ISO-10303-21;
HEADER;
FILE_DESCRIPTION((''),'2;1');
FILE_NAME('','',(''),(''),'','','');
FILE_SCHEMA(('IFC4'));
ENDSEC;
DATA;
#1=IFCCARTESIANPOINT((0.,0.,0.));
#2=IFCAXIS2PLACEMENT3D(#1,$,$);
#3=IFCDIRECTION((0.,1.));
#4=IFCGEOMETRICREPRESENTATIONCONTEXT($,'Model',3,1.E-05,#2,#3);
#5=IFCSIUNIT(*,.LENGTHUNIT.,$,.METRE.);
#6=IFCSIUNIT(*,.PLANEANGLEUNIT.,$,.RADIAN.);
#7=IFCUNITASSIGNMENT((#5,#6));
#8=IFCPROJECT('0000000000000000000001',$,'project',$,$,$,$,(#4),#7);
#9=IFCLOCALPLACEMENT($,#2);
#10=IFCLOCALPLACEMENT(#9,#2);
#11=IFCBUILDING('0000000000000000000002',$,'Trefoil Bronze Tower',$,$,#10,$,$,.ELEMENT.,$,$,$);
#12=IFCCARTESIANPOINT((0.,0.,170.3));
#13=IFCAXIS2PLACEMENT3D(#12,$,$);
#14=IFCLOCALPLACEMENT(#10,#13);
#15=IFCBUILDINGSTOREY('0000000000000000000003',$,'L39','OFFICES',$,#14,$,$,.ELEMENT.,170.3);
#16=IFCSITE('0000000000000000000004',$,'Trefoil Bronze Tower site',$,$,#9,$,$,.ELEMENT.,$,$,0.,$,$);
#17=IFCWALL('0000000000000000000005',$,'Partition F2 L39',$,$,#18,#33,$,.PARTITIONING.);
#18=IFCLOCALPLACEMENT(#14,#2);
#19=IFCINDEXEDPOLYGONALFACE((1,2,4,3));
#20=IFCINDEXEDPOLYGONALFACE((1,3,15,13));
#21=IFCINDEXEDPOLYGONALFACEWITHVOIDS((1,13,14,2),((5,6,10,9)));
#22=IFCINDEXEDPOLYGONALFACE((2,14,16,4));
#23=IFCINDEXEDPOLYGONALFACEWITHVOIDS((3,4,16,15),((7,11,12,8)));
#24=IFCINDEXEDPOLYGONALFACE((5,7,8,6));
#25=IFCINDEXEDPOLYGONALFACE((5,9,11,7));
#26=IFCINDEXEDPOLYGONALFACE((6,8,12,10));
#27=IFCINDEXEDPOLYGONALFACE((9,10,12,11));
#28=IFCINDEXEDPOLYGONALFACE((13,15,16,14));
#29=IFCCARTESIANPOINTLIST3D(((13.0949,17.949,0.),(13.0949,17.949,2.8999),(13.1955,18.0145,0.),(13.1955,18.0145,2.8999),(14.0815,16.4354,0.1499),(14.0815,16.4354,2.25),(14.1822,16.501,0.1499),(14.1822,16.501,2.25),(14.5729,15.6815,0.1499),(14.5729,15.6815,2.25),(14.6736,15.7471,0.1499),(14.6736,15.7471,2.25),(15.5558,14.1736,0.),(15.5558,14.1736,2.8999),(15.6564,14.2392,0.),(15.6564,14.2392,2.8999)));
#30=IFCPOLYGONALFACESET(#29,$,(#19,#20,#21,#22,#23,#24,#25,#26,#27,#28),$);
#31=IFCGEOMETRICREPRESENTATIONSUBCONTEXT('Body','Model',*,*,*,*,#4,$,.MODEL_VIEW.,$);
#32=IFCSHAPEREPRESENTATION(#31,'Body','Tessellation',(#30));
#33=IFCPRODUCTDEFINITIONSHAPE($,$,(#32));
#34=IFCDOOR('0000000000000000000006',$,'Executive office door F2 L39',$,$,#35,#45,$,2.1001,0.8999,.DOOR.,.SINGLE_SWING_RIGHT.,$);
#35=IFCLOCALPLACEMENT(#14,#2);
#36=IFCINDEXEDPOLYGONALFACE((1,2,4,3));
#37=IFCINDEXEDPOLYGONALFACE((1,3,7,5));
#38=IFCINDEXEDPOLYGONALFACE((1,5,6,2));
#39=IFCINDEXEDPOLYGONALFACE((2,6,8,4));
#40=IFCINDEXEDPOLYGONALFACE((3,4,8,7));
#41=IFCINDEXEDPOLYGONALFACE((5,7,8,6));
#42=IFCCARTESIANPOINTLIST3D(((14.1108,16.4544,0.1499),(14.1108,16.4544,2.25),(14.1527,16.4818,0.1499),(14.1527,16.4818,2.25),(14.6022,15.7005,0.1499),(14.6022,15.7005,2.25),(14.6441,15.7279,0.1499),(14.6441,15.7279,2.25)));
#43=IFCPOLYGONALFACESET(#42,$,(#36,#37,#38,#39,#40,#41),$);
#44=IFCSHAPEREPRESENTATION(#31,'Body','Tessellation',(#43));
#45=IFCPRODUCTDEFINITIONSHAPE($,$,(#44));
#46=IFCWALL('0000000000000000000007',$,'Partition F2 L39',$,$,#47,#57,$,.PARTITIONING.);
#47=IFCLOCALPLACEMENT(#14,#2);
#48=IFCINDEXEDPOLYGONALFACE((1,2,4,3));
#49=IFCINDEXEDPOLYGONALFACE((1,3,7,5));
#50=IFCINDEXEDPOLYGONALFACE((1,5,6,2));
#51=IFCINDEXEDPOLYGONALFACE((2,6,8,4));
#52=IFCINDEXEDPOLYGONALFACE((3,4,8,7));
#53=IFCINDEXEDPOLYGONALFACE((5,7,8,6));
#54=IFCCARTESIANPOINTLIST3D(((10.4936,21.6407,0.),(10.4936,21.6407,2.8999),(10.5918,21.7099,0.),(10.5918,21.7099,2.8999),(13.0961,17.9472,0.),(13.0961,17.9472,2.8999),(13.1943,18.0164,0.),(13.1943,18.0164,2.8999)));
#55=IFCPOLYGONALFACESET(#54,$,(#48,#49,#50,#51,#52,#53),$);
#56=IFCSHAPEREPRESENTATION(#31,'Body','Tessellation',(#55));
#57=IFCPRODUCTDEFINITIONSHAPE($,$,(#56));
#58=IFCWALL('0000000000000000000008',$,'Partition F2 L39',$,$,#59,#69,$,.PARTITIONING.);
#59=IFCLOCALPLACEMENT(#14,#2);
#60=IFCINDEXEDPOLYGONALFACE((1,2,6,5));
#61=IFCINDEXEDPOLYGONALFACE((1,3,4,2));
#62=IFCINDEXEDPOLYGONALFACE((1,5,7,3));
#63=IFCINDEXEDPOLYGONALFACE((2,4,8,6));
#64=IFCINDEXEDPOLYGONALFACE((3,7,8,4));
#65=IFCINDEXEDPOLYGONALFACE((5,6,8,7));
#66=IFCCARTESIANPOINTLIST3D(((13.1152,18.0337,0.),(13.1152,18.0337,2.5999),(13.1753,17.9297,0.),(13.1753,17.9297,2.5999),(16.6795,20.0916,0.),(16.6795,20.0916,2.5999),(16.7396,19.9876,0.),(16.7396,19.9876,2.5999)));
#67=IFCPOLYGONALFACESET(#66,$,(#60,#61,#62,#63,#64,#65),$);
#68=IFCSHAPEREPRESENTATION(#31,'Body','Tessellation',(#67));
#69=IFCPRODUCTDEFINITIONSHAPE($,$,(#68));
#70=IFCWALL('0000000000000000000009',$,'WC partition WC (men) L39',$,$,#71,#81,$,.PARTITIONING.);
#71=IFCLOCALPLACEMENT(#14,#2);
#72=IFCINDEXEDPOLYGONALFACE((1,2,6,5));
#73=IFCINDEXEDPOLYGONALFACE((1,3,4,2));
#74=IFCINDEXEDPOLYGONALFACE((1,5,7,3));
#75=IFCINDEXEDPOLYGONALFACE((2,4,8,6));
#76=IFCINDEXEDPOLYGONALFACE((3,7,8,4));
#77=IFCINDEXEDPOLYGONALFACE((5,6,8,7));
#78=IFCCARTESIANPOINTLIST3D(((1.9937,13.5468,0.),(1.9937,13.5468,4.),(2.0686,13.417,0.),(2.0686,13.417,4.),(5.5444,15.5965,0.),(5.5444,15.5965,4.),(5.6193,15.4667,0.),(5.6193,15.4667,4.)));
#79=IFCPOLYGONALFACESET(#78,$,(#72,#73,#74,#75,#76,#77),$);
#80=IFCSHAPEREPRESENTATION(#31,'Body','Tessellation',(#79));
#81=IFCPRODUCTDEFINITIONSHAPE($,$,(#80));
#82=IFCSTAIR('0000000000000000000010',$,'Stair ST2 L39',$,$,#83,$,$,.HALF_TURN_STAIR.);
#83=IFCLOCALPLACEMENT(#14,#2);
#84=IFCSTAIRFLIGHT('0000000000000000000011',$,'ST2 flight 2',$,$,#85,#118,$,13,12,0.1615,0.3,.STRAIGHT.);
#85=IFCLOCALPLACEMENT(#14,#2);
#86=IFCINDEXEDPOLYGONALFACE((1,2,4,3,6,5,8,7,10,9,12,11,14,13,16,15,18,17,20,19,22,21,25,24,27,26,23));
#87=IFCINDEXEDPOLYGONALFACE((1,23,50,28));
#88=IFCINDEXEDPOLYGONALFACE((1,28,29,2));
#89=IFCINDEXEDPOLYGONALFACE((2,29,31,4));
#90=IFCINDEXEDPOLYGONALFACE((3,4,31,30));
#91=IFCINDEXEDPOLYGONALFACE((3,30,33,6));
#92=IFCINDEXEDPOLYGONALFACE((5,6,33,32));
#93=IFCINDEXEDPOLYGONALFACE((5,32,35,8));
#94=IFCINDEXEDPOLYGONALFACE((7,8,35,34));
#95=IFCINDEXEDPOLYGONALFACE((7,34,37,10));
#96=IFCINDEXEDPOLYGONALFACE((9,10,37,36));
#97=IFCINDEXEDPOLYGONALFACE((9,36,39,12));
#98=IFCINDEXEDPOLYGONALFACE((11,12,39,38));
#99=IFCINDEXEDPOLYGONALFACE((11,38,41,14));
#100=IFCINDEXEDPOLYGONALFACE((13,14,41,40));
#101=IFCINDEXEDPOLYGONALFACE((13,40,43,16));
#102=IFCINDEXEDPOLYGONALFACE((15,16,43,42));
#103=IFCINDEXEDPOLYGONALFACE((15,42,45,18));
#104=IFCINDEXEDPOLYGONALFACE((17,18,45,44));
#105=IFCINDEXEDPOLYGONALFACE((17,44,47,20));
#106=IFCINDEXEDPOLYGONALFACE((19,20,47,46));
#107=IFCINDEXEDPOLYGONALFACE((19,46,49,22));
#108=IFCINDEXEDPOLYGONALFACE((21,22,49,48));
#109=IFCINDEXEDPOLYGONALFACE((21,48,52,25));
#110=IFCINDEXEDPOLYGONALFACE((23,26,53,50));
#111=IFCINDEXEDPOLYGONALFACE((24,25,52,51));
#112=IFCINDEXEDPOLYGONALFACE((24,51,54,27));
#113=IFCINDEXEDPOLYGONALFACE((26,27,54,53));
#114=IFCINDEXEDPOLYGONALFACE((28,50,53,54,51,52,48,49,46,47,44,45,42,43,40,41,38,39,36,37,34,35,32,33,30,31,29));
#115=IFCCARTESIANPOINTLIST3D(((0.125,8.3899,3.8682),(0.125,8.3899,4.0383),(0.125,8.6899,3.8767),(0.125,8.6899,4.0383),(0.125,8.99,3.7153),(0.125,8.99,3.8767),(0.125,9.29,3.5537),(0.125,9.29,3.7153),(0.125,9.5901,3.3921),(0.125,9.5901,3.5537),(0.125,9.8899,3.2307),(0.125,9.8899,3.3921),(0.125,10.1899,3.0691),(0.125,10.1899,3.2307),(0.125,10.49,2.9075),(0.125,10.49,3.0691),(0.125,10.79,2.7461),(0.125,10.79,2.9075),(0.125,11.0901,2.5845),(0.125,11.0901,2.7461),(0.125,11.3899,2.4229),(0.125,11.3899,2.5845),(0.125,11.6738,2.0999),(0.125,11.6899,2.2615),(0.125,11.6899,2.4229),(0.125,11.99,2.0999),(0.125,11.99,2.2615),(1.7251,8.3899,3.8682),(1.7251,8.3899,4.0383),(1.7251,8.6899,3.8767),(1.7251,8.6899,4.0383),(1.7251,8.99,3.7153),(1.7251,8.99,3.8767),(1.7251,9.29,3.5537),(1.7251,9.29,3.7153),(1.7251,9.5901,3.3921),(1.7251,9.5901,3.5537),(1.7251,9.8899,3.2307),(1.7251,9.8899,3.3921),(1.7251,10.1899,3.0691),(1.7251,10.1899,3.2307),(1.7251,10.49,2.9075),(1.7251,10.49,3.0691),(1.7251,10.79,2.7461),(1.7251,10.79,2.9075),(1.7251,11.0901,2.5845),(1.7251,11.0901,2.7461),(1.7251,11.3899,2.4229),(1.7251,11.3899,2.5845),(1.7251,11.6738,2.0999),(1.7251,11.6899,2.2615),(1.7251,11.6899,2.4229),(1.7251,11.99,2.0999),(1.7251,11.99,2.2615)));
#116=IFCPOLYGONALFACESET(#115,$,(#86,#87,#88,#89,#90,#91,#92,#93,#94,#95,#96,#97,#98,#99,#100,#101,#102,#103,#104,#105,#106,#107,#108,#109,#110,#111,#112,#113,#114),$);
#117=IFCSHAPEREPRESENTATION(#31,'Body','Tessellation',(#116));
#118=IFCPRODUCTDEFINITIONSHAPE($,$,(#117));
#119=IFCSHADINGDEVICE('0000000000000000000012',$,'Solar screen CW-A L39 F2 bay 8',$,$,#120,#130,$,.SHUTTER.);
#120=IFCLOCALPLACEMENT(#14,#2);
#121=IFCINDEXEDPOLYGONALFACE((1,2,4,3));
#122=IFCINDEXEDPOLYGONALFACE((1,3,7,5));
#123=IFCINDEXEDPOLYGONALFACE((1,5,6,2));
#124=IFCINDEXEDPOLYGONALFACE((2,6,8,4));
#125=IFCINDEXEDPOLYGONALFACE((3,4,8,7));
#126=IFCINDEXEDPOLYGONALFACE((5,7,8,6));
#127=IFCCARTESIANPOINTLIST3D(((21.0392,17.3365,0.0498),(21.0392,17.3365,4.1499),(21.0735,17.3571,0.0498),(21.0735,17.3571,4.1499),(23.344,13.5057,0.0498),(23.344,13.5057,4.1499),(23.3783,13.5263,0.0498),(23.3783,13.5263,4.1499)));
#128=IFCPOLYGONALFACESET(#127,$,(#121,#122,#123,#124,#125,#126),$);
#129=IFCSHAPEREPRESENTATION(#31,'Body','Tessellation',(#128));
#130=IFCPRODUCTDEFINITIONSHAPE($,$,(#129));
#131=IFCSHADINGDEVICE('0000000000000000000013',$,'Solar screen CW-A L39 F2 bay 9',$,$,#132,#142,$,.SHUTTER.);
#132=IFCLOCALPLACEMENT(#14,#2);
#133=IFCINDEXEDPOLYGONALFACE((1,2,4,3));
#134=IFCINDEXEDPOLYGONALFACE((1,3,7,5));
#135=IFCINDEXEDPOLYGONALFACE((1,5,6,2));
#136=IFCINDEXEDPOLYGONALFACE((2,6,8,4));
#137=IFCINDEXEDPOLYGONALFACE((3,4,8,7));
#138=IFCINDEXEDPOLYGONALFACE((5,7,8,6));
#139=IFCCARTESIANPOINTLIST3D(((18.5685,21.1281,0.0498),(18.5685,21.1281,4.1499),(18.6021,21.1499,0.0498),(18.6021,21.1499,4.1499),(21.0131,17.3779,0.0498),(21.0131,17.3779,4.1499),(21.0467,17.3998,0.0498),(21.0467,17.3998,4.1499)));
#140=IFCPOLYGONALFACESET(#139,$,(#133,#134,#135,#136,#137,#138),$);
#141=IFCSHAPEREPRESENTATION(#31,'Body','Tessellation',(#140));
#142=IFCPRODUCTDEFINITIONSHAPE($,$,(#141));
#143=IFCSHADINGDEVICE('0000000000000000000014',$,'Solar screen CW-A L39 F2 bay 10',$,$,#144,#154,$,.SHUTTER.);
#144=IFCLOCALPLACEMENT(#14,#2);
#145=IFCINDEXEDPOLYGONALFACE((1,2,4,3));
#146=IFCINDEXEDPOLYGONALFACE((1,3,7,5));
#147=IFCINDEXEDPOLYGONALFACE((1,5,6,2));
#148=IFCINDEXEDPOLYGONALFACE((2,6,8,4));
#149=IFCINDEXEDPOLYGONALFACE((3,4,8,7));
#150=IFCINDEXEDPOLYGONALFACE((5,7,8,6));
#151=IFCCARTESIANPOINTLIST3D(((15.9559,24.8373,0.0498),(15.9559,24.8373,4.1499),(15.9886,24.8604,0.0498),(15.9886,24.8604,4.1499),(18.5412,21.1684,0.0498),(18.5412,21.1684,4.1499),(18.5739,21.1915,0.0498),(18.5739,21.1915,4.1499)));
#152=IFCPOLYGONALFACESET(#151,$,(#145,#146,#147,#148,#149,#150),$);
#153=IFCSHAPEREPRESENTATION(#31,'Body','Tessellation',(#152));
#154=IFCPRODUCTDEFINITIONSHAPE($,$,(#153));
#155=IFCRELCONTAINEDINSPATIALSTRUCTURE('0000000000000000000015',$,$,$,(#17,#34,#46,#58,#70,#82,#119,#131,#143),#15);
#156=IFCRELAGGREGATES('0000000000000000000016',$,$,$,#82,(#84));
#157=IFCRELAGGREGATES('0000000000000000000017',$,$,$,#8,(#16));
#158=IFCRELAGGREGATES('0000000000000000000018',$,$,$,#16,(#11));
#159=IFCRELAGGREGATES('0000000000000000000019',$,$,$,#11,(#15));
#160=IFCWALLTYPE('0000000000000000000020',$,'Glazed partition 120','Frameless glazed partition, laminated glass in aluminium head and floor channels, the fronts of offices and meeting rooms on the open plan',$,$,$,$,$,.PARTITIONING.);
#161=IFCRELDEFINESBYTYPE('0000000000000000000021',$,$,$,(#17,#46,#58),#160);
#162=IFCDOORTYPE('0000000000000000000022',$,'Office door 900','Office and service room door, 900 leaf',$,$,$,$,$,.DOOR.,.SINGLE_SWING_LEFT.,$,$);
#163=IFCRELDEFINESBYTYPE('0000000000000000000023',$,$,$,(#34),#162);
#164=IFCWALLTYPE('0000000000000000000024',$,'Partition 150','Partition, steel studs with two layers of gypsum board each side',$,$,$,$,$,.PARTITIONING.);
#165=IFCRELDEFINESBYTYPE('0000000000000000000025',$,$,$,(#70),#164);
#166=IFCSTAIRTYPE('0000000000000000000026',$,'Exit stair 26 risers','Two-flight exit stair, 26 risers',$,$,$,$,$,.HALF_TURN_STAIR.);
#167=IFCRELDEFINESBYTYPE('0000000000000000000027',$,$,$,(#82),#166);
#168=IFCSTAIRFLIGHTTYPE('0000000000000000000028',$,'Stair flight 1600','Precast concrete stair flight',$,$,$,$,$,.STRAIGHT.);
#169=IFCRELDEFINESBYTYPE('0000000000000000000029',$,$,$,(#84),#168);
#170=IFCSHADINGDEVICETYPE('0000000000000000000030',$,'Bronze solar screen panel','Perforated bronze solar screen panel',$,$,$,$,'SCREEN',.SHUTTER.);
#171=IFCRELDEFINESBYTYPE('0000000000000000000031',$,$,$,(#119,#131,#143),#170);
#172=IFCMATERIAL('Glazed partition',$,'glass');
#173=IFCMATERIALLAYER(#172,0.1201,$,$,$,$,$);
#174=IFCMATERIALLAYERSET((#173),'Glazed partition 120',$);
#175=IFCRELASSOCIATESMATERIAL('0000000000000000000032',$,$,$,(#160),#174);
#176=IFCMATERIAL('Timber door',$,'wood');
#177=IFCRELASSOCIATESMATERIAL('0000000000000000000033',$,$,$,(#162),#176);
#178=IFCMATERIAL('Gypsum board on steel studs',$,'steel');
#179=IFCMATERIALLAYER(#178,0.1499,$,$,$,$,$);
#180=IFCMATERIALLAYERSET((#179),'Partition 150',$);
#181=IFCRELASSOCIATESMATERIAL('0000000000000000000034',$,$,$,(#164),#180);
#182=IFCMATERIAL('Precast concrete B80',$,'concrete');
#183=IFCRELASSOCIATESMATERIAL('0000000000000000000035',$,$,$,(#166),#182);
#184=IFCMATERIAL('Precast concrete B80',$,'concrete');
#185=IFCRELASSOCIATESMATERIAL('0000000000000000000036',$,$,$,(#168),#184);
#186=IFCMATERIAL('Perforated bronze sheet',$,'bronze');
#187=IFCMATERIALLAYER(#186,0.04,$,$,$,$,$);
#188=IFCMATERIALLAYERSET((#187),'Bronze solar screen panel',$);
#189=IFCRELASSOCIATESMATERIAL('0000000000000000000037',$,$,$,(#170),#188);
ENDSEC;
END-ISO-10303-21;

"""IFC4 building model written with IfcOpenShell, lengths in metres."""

from ifc_helpers import new_model, si_unit, direction, frame, frame_2d, origin, origin_2d, place, context, subcontext, project, spatial, polyline, rectangle, outline, extrude, material, layer, layer_set, type_object, element, fill, aggregate, save


model = new_model("IFC4")

# Units and contexts
model_context = context("Model", 3, precision=1e-05, world=origin(), true_north=direction((0.0, 1.0)))
body_context = subcontext(model_context, "Body", "Model", "MODEL_VIEW")
ifc_project = project(units=[si_unit("LENGTHUNIT", "METRE"), si_unit("PLANEANGLEUNIT", "RADIAN")], contexts=[model_context])

# Site, building, storey
site_placement = place(None, origin())
site = spatial("IfcSite", under=ifc_project, at=site_placement, Name="Trefoil Bronze Tower site", CompositionType="ELEMENT", RefElevation=0.0)
building_placement = place(site_placement, origin())
building = spatial("IfcBuilding", under=site, at=building_placement, Name="Trefoil Bronze Tower", CompositionType="ELEMENT")
storey_placement = place(building_placement, frame((0.0, 0.0, 170.3)))
storey = spatial("IfcBuildingStorey", under=building, at=storey_placement, Name="L39", Description="OFFICES", CompositionType="ELEMENT", Elevation=170.3)

# Shared definitions
ifc_material_1 = material(Name="Glazed partition", Category="glass")
ifc_layer_1 = layer(ifc_material_1, 0.1201)
ifc_layer_set_1 = layer_set([ifc_layer_1], Name="Glazed partition 120")
wall_type_1 = type_object("IfcWallType", Name="Glazed partition 120", Description="Frameless glazed partition, laminated glass in aluminium head and floor channels, the fronts of offices and meeting rooms on the open plan", PredefinedType="PARTITIONING", material=ifc_layer_set_1)

# Wall, opening, door
ifc_material_2 = material(Name="Timber door", Category="wood")
door_type_1 = type_object("IfcDoorType", Name="Office door 900", Description="Office and service room door, 900 leaf", OperationType="SINGLE_SWING_LEFT", PredefinedType="DOOR", material=ifc_material_2)
wall_1_placement = place(storey_placement, frame((15.6062, 14.2063, 0.0), z_axis=(0.0, 0.0, 1.0), x_axis=(-0.546069, 0.83774, 0.0)))
wall_1 = element("IfcWall", 1, at=wall_1_placement, inside=storey, type_object=wall_type_1, Name="Partition F2 L39", PredefinedType="PARTITIONING", context=body_context, shape_type="SweptSolid", body=[
    extrude(rectangle(XDim=4.5066, YDim=0.1201, at=frame_2d((2.2534, 0.0))), origin(), (0.0, 0.0, 1.0), 2.8999),
])
opening_1_placement = place(wall_1_placement, frame((1.8, 0.0, 0.1499)))
opening_1 = element("IfcOpeningElement", 2, at=opening_1_placement, cuts=wall_1, PredefinedType="OPENING", context=body_context, shape_type="SweptSolid", body=[
    extrude(rectangle(XDim=0.8999, YDim=2.1001, at=frame_2d((0.45, 1.05))), frame((0.0, 0.0701, 0.0), z_axis=(0.0, -1.0, 0.0), x_axis=(1.0, 0.0, 0.0)), (0.0, 0.0, 1.0), 0.1401),
])
door_1_placement = place(opening_1_placement, frame((0.8999, 0.0, 0.0), z_axis=(0.0, 0.0, 1.0), x_axis=(-1.0, 0.0, 0.0)))
door_1 = element("IfcDoor", 3, at=door_1_placement, inside=storey, type_object=door_type_1, Name="Executive office door F2 L39", OperationType="SINGLE_SWING_RIGHT", OverallHeight=2.1001, OverallWidth=0.8999, PredefinedType="DOOR", context=body_context, shape_type="SweptSolid", body=[
    extrude(rectangle(XDim=0.8999, YDim=2.1001, at=frame_2d((0.45, 1.05))), frame((0.0, 0.0249, 0.0), z_axis=(0.0, -1.0, 0.0), x_axis=(1.0, 0.0, 0.0)), (0.0, 0.0, 1.0), 0.05),
])
fill(opening_1, door_1)

# Walls
wall_2_placement = place(storey_placement, frame((13.1453, 17.9817, 0.0), z_axis=(0.0, 0.0, 1.0), x_axis=(-0.575987, 0.817459, 0.0)))
element("IfcWall", 4, at=wall_2_placement, inside=storey, type_object=wall_type_1, Name="Partition F2 L39", PredefinedType="PARTITIONING", context=body_context, shape_type="SweptSolid", body=[
    extrude(rectangle(XDim=4.5183, YDim=0.1201, at=frame_2d((2.2593, 0.0))), origin(), (0.0, 0.0, 1.0), 2.8999),
])
wall_3_placement = place(storey_placement, frame((13.1453, 17.9817, 0.0), z_axis=(0.0, 0.0, 1.0), x_axis=(0.866019, 0.500012, 0.0)))
element("IfcWall", 5, at=wall_3_placement, inside=storey, type_object=wall_type_1, Name="Partition F2 L39", PredefinedType="PARTITIONING", context=body_context, shape_type="SweptSolid", body=[
    extrude(rectangle(XDim=4.1157, YDim=0.1201, at=frame_2d((2.0579, 0.0))), origin(), (0.0, 0.0, 1.0), 2.5999),
])
ifc_material_3 = material(Name="Gypsum board on steel studs", Category="steel")
ifc_layer_2 = layer(ifc_material_3, 0.1499)
ifc_layer_set_2 = layer_set([ifc_layer_2], Name="Partition 150")
wall_type_2 = type_object("IfcWallType", Name="Partition 150", Description="Partition, steel studs with two layers of gypsum board each side", PredefinedType="PARTITIONING", material=ifc_layer_set_2)
wall_4_placement = place(storey_placement, frame((2.0312, 13.4819, 0.0), z_axis=(0.0, 0.0, 1.0), x_axis=(0.866051, 0.499956, 0.0)))
element("IfcWall", 6, at=wall_4_placement, inside=storey, type_object=wall_type_2, Name="WC partition WC (men) L39", PredefinedType="PARTITIONING", context=body_context, shape_type="SweptSolid", body=[
    extrude(rectangle(XDim=4.0999, YDim=0.1499, at=frame_2d((2.0498, 0.0))), origin(), (0.0, 0.0, 1.0), 4.0),
])

# Stair, stair flight
ifc_material_4 = material(Name="Precast concrete B80", Category="concrete")
stair_type = type_object("IfcStairType", Name="Exit stair 26 risers", Description="Two-flight exit stair, 26 risers", PredefinedType="HALF_TURN_STAIR", material=ifc_material_4)
stair_placement = place(storey_placement, origin())
stair = element("IfcStair", 7, at=stair_placement, inside=storey, type_object=stair_type, Name="Stair ST2 L39", PredefinedType="HALF_TURN_STAIR")
ifc_material_5 = material(Name="Precast concrete B80", Category="concrete")
stair_flight_type = type_object("IfcStairFlightType", Name="Stair flight 1600", Description="Precast concrete stair flight", PredefinedType="STRAIGHT", material=ifc_material_5)
stair_flight_placement = place(storey_placement, frame((0.925, 11.99, 2.0999), z_axis=(0.0, 0.0, 1.0), x_axis=(0.0, -1.0, 0.0)))
stair_flight = element("IfcStairFlight", 8, at=stair_flight_placement, type_object=stair_flight_type, Name="ST2 flight 2", NumberOfRisers=13, NumberOfTreads=12, PredefinedType="STRAIGHT", RiserHeight=0.1615, TreadLength=0.3, context=body_context, shape_type="SweptSolid", body=[
    extrude(outline(polyline([(0.0, 0.0), (0.0, 0.1616), (0.3, 0.1616), (0.3, 0.323), (0.6001, 0.323), (0.6001, 0.4846), (0.8999, 0.4846), (0.8999, 0.6462), (1.2, 0.6462), (1.2, 0.8076), (1.5, 0.8076), (1.5, 0.9692), (1.8, 0.9692), (1.8, 1.1309), (2.1001, 1.1309), (2.1001, 1.2922), (2.3999, 1.2922), (2.3999, 1.4539), (2.7, 1.4539), (2.7, 1.6155), (3.0, 1.6155), (3.0, 1.7769), (3.3, 1.7769), (3.3, 1.9385), (3.6001, 1.9385), (3.6001, 2.1001), (3.6001, 1.7683), (0.3162, 0.0), (0.0, 0.0)])), frame((0.0, 0.8, 0.0), z_axis=(0.0, -1.0, 0.0), x_axis=(1.0, 0.0, 0.0)), (0.0, 0.0, 1.0), 1.6001),
])
aggregate(stair, [stair_flight])

# Shading devices
ifc_material_6 = material(Name="Perforated bronze sheet", Category="bronze")
ifc_layer_3 = layer(ifc_material_6, 0.04)
ifc_layer_set_3 = layer_set([ifc_layer_3], Name="Bronze solar screen panel")
shading_device_type = type_object("IfcShadingDeviceType", Name="Bronze solar screen panel", Description="Perforated bronze solar screen panel", ElementType="SCREEN", PredefinedType="SHUTTER", material=ifc_layer_set_3)
shading_device_1_placement = place(storey_placement, frame((22.2087, 15.4314, 0.0498), z_axis=(0.0, 0.0, 1.0), x_axis=(-0.515525, 0.856874, 0.0)))
element("IfcShadingDevice", 9, at=shading_device_1_placement, inside=storey, type_object=shading_device_type, Name="Solar screen CW-A L39 F2 bay 8", PredefinedType="SHUTTER", context=body_context, shape_type="SweptSolid", body=[
    extrude(rectangle(XDim=4.4707, YDim=0.04, at=origin_2d()), origin(), (0.0, 0.0, 1.0), 4.1001),
])
shading_device_2_placement = place(storey_placement, frame((19.8076, 19.2639, 0.0498), z_axis=(0.0, 0.0, 1.0), x_axis=(-0.546089, 0.837727, 0.0)))
element("IfcShadingDevice", 10, at=shading_device_2_placement, inside=storey, type_object=shading_device_type, Name="Solar screen CW-A L39 F2 bay 9", PredefinedType="SHUTTER", context=body_context, shape_type="SweptSolid", body=[
    extrude(rectangle(XDim=4.4766, YDim=0.04, at=origin_2d()), origin(), (0.0, 0.0, 1.0), 4.1001),
])
shading_device_3_placement = place(storey_placement, frame((17.2649, 23.0144, 0.0498), z_axis=(0.0, 0.0, 1.0), x_axis=(-0.575999, 0.81745, 0.0)))
element("IfcShadingDevice", 11, at=shading_device_3_placement, inside=storey, type_object=shading_device_type, Name="Solar screen CW-A L39 F2 bay 10", PredefinedType="SHUTTER", context=body_context, shape_type="SweptSolid", body=[
    extrude(rectangle(XDim=4.4883, YDim=0.04, at=origin_2d()), origin(), (0.0, 0.0, 1.0), 4.1001),
])

save(model, "model.ifc")
